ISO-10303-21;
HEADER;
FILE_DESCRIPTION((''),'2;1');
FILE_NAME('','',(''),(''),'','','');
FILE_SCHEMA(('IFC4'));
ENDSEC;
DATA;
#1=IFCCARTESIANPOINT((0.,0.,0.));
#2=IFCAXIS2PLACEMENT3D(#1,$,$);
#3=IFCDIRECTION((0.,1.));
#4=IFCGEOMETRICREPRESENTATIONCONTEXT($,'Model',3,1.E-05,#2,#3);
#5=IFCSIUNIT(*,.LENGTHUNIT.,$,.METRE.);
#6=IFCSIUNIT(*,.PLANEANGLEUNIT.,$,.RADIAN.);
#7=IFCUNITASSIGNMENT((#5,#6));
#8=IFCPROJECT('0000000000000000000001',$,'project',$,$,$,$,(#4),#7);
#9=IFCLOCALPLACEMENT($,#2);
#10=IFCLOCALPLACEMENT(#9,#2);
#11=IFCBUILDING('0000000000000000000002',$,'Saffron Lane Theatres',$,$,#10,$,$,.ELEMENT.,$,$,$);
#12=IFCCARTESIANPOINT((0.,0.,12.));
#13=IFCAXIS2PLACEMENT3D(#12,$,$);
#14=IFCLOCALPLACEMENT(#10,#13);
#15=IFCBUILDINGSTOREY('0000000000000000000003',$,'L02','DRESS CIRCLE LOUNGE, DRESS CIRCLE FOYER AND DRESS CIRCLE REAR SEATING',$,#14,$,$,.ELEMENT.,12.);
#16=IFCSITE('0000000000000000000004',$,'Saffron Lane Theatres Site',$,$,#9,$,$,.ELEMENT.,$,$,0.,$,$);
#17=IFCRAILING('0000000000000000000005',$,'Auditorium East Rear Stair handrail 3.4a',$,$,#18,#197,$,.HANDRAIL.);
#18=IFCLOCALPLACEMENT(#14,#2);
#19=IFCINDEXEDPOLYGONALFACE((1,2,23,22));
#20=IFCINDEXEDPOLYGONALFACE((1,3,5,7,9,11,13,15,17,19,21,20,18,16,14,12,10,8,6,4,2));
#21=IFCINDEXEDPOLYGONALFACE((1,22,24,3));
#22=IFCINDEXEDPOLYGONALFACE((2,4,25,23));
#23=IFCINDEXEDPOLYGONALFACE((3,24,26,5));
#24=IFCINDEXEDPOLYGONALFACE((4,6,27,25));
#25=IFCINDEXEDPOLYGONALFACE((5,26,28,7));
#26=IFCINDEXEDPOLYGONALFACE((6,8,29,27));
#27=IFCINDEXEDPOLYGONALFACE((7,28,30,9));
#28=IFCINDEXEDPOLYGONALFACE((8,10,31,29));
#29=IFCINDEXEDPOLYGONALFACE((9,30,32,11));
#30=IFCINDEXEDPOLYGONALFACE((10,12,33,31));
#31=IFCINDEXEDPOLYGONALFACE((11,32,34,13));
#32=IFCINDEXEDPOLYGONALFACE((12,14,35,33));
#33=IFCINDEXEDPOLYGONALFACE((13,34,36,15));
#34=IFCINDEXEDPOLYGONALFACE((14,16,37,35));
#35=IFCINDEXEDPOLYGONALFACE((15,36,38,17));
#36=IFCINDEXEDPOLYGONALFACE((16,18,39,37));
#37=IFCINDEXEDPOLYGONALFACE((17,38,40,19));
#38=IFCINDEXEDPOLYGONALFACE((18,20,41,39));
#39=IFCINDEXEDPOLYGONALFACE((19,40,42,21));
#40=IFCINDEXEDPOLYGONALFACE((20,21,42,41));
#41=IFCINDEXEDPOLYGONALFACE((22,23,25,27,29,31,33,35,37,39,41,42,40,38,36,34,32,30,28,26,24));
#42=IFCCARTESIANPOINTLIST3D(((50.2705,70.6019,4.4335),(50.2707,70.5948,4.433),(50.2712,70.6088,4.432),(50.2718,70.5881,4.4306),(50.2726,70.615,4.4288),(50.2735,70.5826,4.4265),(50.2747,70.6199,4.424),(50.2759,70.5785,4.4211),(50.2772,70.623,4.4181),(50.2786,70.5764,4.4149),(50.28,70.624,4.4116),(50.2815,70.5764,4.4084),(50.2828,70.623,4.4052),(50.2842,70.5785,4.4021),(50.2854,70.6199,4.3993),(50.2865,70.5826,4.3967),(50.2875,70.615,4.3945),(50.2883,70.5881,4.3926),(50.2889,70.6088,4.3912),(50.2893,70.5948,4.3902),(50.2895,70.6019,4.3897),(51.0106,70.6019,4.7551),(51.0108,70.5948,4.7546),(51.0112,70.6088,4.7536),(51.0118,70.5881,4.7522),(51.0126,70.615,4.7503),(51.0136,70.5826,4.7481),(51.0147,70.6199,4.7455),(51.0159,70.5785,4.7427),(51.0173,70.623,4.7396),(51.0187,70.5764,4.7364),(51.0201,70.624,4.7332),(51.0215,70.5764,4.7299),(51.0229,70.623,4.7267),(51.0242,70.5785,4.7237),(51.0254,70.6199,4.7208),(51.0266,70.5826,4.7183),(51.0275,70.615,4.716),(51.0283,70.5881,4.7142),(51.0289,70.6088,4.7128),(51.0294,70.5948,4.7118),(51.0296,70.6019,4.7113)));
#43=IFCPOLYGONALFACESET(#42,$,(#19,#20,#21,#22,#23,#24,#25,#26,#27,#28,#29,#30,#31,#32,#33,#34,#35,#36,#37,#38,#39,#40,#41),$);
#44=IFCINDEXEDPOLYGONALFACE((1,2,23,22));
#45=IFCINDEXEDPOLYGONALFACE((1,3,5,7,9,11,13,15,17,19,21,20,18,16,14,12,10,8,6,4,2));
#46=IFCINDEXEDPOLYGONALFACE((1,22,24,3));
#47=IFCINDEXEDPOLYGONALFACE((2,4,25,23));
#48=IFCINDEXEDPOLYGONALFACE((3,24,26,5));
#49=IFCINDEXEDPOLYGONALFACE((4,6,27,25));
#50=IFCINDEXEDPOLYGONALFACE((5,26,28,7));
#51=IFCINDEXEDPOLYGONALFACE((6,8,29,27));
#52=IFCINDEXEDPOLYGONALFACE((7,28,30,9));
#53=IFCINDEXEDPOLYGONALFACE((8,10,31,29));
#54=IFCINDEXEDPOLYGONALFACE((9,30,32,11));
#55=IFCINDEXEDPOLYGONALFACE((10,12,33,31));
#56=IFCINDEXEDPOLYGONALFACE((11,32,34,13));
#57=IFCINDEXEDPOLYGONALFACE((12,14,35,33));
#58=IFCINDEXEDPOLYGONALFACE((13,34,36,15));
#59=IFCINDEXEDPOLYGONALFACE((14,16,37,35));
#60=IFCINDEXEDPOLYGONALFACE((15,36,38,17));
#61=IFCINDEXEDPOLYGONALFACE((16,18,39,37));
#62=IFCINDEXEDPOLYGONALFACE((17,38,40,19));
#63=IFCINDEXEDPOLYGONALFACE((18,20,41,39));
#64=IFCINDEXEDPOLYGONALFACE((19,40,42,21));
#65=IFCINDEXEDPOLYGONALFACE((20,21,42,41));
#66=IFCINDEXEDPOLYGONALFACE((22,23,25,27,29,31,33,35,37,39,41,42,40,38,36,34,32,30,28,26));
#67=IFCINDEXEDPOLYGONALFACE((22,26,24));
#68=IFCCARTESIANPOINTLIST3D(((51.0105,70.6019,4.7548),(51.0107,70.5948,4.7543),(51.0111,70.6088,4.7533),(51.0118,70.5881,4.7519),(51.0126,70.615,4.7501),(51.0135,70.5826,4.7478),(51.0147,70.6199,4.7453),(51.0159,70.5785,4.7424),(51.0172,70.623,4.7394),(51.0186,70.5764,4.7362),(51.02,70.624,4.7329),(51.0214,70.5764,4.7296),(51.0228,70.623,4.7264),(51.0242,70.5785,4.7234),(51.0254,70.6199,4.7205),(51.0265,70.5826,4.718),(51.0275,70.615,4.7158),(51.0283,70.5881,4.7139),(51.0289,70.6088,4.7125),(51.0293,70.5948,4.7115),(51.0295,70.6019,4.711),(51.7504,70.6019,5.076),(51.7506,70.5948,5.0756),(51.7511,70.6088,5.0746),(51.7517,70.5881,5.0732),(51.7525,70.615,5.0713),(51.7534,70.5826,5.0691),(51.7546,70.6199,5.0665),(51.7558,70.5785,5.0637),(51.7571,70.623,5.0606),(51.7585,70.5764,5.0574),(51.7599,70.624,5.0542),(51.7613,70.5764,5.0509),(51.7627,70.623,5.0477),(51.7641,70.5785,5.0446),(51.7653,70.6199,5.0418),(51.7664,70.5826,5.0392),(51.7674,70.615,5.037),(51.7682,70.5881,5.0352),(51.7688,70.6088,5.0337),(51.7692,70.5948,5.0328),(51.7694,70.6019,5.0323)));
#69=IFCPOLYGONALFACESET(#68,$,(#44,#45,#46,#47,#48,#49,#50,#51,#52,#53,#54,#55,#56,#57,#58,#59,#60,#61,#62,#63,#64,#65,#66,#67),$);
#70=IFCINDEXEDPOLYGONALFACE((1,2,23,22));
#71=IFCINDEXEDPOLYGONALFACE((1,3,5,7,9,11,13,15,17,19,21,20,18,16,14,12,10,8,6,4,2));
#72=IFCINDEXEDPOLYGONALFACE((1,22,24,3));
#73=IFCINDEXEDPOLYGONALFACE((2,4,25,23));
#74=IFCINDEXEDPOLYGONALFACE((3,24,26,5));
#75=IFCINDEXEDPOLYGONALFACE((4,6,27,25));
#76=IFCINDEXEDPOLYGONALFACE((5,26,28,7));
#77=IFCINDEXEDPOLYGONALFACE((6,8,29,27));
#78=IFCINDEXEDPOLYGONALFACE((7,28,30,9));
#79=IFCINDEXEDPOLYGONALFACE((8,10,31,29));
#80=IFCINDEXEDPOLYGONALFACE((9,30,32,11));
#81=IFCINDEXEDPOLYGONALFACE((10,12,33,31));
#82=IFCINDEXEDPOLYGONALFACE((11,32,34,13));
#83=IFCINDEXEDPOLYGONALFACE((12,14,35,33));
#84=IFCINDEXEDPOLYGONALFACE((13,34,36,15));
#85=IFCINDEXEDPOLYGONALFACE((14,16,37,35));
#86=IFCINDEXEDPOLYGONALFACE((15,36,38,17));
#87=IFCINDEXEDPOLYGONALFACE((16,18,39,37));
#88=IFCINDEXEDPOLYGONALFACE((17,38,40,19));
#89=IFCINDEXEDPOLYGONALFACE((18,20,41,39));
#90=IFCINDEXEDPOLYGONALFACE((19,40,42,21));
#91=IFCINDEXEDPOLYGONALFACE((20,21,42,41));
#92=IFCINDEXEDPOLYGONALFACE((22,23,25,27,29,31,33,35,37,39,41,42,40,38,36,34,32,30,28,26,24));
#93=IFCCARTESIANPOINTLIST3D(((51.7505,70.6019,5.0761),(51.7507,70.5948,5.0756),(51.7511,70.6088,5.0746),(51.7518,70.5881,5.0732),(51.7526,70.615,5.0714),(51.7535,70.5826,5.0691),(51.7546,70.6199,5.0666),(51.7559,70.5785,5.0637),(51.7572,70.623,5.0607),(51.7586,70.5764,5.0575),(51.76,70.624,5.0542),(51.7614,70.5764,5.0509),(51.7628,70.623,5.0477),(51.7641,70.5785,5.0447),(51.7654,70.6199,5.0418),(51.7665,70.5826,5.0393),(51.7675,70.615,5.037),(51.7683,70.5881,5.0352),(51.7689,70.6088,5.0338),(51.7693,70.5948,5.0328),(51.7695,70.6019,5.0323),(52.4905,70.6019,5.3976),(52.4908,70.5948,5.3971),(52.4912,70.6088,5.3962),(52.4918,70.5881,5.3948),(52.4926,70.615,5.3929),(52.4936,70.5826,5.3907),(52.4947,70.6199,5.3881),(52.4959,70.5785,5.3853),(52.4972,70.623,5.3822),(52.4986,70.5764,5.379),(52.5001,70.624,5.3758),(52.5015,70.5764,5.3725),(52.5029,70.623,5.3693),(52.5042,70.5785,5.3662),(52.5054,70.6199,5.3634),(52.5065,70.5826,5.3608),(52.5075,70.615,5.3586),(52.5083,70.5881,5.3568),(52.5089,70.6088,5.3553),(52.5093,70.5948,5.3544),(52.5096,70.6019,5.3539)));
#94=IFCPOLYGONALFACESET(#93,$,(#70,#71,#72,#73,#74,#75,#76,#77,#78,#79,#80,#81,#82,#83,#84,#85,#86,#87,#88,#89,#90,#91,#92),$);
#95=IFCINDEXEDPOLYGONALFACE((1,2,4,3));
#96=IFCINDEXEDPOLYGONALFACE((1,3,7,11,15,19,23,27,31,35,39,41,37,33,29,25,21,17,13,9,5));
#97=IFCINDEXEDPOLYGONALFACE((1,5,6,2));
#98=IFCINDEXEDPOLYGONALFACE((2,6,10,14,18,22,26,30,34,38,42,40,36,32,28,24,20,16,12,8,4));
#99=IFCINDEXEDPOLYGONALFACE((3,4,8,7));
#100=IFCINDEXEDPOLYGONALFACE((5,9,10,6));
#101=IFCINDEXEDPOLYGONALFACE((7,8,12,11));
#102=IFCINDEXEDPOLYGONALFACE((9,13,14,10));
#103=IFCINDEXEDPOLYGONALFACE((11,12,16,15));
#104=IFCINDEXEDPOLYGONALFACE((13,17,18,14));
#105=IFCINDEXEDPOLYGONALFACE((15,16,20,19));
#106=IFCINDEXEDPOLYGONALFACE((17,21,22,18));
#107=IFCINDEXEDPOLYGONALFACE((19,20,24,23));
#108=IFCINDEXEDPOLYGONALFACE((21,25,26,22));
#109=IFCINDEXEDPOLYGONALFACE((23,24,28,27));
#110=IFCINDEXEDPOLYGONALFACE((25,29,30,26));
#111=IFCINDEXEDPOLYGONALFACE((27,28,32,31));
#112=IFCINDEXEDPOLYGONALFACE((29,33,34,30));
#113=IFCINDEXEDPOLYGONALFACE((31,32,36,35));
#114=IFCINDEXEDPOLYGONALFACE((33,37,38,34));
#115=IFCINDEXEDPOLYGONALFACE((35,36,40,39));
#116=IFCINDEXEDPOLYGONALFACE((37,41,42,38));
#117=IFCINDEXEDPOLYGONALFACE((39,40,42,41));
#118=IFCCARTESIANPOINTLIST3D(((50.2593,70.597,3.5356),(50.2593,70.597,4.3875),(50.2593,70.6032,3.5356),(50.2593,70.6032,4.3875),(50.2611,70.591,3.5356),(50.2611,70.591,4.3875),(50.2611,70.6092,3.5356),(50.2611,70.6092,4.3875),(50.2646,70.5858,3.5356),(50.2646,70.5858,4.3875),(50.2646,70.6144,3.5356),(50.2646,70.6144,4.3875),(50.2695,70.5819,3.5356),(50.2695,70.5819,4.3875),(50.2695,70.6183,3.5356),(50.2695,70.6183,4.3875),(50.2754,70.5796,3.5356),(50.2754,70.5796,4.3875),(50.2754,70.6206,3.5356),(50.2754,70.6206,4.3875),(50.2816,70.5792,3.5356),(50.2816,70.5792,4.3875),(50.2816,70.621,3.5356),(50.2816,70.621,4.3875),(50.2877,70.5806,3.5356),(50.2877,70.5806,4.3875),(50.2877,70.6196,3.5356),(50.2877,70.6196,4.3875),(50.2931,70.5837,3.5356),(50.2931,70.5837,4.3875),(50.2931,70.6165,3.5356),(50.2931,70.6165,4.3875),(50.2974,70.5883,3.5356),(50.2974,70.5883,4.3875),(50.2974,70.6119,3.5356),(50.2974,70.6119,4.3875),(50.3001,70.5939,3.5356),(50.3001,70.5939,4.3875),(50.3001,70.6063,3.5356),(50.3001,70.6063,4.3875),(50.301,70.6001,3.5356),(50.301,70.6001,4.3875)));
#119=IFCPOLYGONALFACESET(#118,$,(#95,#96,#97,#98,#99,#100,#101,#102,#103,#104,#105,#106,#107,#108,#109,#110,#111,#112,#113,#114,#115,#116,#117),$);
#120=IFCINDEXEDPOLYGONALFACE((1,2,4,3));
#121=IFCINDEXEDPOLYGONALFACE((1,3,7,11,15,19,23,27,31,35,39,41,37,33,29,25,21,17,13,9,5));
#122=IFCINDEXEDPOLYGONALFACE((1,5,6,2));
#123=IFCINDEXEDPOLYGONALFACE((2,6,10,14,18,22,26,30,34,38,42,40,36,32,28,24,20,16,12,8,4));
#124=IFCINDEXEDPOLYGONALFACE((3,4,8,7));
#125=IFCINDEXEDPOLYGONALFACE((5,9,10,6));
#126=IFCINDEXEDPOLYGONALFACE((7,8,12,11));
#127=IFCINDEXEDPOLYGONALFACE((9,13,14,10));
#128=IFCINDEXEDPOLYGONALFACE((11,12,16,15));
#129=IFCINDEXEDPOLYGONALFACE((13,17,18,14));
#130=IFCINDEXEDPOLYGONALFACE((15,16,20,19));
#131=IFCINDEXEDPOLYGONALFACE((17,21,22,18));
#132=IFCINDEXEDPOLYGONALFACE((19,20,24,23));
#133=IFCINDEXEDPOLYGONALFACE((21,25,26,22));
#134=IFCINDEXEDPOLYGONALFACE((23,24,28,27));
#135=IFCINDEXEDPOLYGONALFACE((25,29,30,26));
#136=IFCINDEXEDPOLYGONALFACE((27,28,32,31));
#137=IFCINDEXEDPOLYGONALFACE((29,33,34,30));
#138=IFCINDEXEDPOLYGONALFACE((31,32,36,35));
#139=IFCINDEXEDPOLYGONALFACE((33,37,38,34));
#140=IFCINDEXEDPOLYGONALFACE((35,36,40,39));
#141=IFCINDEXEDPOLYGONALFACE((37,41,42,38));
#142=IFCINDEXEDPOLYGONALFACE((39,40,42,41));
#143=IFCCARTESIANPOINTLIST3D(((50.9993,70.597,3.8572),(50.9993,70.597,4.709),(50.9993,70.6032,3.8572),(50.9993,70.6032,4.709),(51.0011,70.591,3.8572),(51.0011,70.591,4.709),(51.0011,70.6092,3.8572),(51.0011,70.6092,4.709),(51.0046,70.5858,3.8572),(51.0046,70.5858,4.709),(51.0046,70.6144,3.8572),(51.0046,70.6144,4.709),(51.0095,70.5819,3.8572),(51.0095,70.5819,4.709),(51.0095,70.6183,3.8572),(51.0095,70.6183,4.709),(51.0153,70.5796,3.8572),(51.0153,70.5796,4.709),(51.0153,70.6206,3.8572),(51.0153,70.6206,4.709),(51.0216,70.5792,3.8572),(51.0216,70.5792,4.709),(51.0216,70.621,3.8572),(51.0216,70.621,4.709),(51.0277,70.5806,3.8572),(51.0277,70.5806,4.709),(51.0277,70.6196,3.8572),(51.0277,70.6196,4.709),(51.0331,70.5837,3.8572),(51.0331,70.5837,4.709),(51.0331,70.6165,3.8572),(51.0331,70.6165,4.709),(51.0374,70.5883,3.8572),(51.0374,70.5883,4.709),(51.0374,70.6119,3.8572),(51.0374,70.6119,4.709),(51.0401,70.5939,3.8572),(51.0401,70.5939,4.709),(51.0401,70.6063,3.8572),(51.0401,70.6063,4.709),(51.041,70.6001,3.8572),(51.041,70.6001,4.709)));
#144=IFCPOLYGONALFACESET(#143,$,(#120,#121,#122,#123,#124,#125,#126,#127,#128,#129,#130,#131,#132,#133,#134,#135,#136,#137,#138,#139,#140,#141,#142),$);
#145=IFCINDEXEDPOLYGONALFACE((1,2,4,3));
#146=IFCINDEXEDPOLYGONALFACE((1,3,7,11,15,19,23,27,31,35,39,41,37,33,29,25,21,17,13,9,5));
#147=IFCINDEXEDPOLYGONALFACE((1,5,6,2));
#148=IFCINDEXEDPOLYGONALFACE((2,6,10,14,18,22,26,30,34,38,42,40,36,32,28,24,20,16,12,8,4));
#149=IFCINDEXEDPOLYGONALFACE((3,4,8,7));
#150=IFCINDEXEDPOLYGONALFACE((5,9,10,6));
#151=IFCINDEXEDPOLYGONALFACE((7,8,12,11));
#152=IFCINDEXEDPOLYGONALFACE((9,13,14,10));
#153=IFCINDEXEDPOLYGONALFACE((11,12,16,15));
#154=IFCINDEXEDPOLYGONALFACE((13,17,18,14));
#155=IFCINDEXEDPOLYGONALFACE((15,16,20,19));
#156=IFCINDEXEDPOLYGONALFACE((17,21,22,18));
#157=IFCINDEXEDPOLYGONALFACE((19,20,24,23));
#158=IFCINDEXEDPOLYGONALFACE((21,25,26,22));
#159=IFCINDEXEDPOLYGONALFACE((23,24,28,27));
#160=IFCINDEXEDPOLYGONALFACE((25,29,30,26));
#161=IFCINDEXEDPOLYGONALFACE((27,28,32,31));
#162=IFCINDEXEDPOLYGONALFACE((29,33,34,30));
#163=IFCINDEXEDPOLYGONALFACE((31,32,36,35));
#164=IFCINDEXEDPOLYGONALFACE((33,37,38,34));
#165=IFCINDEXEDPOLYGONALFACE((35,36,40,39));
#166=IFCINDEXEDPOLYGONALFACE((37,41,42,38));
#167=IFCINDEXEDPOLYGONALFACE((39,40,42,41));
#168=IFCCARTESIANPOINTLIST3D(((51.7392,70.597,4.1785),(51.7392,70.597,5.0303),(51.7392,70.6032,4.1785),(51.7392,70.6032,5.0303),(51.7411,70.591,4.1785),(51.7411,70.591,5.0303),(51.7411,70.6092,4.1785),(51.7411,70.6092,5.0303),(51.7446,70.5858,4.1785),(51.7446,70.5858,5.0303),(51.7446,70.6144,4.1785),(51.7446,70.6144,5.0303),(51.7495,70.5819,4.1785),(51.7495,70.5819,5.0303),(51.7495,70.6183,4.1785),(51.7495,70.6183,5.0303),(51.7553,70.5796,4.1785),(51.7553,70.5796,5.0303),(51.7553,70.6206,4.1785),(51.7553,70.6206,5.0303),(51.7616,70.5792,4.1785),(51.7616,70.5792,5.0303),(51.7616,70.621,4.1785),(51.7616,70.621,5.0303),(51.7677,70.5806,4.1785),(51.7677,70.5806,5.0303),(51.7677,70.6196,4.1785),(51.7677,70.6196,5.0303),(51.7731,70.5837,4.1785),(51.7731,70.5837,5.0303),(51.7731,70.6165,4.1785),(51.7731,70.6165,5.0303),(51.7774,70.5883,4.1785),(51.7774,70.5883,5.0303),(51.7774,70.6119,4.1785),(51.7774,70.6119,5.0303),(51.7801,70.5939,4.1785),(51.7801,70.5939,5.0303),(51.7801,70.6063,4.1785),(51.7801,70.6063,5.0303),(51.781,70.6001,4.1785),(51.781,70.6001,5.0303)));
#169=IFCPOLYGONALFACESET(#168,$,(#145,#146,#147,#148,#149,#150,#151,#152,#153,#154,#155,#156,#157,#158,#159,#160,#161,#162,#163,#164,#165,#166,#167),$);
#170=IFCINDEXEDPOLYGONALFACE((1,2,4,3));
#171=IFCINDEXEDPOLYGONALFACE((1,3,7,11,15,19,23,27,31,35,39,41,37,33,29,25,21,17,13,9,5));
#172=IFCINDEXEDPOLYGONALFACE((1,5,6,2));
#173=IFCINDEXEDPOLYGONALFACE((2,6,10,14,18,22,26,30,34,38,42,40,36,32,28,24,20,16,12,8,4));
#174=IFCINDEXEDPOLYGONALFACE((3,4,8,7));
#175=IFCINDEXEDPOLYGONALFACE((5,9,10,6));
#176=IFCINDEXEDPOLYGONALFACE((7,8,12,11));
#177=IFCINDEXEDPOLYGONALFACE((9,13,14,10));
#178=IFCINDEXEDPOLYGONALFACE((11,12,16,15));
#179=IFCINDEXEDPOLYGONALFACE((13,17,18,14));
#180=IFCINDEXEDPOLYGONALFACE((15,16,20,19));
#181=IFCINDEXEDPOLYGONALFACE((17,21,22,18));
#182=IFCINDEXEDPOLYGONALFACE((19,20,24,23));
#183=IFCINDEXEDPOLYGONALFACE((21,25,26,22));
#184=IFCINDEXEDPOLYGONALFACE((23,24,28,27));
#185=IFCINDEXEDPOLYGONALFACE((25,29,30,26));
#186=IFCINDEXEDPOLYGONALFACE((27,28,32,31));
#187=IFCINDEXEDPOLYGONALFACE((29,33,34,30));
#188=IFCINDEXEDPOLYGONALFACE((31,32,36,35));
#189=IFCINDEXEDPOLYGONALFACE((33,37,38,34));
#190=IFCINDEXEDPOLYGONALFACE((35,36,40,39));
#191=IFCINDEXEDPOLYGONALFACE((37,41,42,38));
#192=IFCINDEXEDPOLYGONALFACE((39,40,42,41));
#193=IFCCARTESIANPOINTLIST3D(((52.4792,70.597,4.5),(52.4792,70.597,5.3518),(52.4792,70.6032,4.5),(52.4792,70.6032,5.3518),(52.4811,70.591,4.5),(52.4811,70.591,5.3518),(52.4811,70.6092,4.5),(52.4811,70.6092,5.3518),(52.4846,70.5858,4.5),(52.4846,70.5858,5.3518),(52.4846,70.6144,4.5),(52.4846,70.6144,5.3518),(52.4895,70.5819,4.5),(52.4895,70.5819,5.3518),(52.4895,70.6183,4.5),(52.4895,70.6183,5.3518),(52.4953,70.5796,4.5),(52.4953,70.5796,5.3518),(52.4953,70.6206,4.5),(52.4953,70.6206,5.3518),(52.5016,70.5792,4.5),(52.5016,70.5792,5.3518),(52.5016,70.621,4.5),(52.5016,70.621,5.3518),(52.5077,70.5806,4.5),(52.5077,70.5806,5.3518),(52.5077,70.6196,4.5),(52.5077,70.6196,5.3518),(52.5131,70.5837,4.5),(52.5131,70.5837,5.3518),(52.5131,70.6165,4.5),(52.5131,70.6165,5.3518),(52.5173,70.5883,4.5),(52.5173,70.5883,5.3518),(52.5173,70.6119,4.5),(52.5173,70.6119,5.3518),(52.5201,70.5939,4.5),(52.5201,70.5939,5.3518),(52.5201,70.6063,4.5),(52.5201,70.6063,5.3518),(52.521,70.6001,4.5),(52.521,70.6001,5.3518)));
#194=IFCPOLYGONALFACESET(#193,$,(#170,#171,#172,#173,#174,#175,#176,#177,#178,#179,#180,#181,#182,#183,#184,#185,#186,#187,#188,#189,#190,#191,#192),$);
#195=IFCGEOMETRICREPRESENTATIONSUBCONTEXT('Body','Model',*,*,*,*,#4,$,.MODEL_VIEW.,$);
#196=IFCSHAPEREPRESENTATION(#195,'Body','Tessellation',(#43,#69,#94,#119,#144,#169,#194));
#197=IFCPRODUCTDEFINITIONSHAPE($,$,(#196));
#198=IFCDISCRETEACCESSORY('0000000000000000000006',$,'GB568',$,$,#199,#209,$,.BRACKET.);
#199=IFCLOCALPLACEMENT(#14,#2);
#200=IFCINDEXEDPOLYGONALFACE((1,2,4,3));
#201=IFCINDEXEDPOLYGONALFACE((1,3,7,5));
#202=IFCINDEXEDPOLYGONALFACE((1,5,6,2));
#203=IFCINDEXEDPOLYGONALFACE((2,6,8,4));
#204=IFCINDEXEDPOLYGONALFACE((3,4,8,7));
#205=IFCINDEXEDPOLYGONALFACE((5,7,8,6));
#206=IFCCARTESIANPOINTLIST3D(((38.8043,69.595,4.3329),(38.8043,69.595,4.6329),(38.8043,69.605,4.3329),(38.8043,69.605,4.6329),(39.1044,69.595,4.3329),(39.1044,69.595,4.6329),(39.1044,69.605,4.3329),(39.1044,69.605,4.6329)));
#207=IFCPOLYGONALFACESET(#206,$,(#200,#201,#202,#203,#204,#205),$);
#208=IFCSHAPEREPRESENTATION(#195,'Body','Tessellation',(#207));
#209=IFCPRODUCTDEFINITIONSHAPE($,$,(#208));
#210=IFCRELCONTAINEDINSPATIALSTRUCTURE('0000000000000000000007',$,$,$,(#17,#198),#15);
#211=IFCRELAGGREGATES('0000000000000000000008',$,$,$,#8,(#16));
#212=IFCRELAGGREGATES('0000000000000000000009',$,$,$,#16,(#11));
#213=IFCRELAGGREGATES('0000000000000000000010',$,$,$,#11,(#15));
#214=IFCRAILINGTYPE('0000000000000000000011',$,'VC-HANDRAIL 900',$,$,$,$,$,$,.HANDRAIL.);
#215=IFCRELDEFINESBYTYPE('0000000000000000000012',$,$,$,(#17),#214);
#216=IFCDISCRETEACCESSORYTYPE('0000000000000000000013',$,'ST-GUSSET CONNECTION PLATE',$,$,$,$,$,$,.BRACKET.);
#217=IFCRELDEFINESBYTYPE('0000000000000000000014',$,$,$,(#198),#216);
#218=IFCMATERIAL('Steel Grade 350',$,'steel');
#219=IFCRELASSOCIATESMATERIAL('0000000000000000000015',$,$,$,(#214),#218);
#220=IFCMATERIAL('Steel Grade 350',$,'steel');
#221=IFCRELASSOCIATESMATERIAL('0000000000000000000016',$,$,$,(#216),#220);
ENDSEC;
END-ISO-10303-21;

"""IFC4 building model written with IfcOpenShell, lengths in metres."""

from ifc_helpers import new_model, si_unit, direction, frame, origin, origin_2d, place, context, subcontext, project, spatial, rectangle, circle, extrude, material, material_profile, profile_set, type_object, element, save


model = new_model("IFC4")

# Units and contexts
model_context = context("Model", 3, precision=1e-05, world=origin(), true_north=direction((0.0, 1.0)))
body_context = subcontext(model_context, "Body", "Model", "MODEL_VIEW")
ifc_project = project(units=[si_unit("LENGTHUNIT", "METRE"), si_unit("PLANEANGLEUNIT", "RADIAN")], contexts=[model_context])

# Site, building, storey
site_placement = place(None, origin())
site = spatial("IfcSite", under=ifc_project, at=site_placement, Name="Saffron Lane Theatres Site", CompositionType="ELEMENT", RefElevation=0.0)
building_placement = place(site_placement, origin())
building = spatial("IfcBuilding", under=site, at=building_placement, Name="Saffron Lane Theatres", CompositionType="ELEMENT")
storey_placement = place(building_placement, frame((0.0, 0.0, 12.0)))
storey = spatial("IfcBuildingStorey", under=building, at=storey_placement, Name="L02", Description="DRESS CIRCLE LOUNGE, DRESS CIRCLE FOYER AND DRESS CIRCLE REAR SEATING", CompositionType="ELEMENT", Elevation=12.0)

# Railing
ifc_material_1 = material(Name="Steel Grade 350", Category="steel")
railing_type = type_object("IfcRailingType", Name="VC-HANDRAIL 900", PredefinedType="HANDRAIL", material=ifc_material_1)
railing_1_placement = place(storey_placement, frame((50.28, 70.6001, 3.5356)))
element("IfcRailing", 1, at=railing_1_placement, inside=storey, type_object=railing_type, Name="Auditorium East Rear Stair handrail 3.4a", PredefinedType="HANDRAIL", context=body_context, shape_type="SweptSolid", body=[
    extrude(circle(Radius=0.0239, at=origin_2d()), frame((0.0, 0.0, 0.876), z_axis=(0.917161, 0.0, 0.398516), x_axis=(0.0, 1.0, 0.0)), (0.0, 0.0, 1.0), 0.8069),
    extrude(circle(Radius=0.0239, at=origin_2d()), frame((0.74, 0.0, 1.1973), z_axis=(0.917272, 0.0, 0.398261), x_axis=(0.0, 1.0, 0.0)), (0.0, 0.0, 1.0), 0.8066),
    extrude(circle(Radius=0.0239, at=origin_2d()), frame((1.48, 0.0, 1.5186), z_axis=(0.917161, 0.0, 0.398516), x_axis=(0.0, 1.0, 0.0)), (0.0, 0.0, 1.0), 0.8069),
    extrude(circle(Radius=0.021, at=origin_2d()), origin(), (0.0, 0.0, 1.0), 0.8518),
    extrude(circle(Radius=0.021, at=origin_2d()), frame((0.74, 0.0, 0.3215)), (0.0, 0.0, 1.0), 0.8518),
    extrude(circle(Radius=0.021, at=origin_2d()), frame((1.48, 0.0, 0.6428)), (0.0, 0.0, 1.0), 0.8518),
    extrude(circle(Radius=0.021, at=origin_2d()), frame((2.22, 0.0, 0.9644)), (0.0, 0.0, 1.0), 0.8518),
])

# Discrete accessory
ifc_material_2 = material(Name="Steel Grade 350", Category="steel")
ifc_material_profile_1 = material_profile(ifc_material_2, rectangle(XDim=0.3, YDim=0.3, at=origin_2d()))
ifc_profile_set_1 = profile_set([ifc_material_profile_1], Name="Steel Grade 350")
discrete_accessory_type = type_object("IfcDiscreteAccessoryType", Name="ST-GUSSET CONNECTION PLATE", PredefinedType="BRACKET", material=ifc_profile_set_1)
for number, where, z_axis, x_axis, name in (
    (2, (38.9543, 69.595, 4.4829), (0.0, 1.0, 0.0), (-1.0, 0.0, 0.0), "GB568"),
):
    element("IfcDiscreteAccessory", number, at=place(storey_placement, frame(where, z_axis=z_axis, x_axis=x_axis)), inside=storey, type_object=discrete_accessory_type, Name=name, PredefinedType="BRACKET", context=body_context, shape_type="SweptSolid", body=[
        extrude(rectangle(XDim=0.3, YDim=0.3, at=origin_2d()), origin(), (0.0, 0.0, 1.0), 0.01),
    ])

save(model, "model.ifc")
